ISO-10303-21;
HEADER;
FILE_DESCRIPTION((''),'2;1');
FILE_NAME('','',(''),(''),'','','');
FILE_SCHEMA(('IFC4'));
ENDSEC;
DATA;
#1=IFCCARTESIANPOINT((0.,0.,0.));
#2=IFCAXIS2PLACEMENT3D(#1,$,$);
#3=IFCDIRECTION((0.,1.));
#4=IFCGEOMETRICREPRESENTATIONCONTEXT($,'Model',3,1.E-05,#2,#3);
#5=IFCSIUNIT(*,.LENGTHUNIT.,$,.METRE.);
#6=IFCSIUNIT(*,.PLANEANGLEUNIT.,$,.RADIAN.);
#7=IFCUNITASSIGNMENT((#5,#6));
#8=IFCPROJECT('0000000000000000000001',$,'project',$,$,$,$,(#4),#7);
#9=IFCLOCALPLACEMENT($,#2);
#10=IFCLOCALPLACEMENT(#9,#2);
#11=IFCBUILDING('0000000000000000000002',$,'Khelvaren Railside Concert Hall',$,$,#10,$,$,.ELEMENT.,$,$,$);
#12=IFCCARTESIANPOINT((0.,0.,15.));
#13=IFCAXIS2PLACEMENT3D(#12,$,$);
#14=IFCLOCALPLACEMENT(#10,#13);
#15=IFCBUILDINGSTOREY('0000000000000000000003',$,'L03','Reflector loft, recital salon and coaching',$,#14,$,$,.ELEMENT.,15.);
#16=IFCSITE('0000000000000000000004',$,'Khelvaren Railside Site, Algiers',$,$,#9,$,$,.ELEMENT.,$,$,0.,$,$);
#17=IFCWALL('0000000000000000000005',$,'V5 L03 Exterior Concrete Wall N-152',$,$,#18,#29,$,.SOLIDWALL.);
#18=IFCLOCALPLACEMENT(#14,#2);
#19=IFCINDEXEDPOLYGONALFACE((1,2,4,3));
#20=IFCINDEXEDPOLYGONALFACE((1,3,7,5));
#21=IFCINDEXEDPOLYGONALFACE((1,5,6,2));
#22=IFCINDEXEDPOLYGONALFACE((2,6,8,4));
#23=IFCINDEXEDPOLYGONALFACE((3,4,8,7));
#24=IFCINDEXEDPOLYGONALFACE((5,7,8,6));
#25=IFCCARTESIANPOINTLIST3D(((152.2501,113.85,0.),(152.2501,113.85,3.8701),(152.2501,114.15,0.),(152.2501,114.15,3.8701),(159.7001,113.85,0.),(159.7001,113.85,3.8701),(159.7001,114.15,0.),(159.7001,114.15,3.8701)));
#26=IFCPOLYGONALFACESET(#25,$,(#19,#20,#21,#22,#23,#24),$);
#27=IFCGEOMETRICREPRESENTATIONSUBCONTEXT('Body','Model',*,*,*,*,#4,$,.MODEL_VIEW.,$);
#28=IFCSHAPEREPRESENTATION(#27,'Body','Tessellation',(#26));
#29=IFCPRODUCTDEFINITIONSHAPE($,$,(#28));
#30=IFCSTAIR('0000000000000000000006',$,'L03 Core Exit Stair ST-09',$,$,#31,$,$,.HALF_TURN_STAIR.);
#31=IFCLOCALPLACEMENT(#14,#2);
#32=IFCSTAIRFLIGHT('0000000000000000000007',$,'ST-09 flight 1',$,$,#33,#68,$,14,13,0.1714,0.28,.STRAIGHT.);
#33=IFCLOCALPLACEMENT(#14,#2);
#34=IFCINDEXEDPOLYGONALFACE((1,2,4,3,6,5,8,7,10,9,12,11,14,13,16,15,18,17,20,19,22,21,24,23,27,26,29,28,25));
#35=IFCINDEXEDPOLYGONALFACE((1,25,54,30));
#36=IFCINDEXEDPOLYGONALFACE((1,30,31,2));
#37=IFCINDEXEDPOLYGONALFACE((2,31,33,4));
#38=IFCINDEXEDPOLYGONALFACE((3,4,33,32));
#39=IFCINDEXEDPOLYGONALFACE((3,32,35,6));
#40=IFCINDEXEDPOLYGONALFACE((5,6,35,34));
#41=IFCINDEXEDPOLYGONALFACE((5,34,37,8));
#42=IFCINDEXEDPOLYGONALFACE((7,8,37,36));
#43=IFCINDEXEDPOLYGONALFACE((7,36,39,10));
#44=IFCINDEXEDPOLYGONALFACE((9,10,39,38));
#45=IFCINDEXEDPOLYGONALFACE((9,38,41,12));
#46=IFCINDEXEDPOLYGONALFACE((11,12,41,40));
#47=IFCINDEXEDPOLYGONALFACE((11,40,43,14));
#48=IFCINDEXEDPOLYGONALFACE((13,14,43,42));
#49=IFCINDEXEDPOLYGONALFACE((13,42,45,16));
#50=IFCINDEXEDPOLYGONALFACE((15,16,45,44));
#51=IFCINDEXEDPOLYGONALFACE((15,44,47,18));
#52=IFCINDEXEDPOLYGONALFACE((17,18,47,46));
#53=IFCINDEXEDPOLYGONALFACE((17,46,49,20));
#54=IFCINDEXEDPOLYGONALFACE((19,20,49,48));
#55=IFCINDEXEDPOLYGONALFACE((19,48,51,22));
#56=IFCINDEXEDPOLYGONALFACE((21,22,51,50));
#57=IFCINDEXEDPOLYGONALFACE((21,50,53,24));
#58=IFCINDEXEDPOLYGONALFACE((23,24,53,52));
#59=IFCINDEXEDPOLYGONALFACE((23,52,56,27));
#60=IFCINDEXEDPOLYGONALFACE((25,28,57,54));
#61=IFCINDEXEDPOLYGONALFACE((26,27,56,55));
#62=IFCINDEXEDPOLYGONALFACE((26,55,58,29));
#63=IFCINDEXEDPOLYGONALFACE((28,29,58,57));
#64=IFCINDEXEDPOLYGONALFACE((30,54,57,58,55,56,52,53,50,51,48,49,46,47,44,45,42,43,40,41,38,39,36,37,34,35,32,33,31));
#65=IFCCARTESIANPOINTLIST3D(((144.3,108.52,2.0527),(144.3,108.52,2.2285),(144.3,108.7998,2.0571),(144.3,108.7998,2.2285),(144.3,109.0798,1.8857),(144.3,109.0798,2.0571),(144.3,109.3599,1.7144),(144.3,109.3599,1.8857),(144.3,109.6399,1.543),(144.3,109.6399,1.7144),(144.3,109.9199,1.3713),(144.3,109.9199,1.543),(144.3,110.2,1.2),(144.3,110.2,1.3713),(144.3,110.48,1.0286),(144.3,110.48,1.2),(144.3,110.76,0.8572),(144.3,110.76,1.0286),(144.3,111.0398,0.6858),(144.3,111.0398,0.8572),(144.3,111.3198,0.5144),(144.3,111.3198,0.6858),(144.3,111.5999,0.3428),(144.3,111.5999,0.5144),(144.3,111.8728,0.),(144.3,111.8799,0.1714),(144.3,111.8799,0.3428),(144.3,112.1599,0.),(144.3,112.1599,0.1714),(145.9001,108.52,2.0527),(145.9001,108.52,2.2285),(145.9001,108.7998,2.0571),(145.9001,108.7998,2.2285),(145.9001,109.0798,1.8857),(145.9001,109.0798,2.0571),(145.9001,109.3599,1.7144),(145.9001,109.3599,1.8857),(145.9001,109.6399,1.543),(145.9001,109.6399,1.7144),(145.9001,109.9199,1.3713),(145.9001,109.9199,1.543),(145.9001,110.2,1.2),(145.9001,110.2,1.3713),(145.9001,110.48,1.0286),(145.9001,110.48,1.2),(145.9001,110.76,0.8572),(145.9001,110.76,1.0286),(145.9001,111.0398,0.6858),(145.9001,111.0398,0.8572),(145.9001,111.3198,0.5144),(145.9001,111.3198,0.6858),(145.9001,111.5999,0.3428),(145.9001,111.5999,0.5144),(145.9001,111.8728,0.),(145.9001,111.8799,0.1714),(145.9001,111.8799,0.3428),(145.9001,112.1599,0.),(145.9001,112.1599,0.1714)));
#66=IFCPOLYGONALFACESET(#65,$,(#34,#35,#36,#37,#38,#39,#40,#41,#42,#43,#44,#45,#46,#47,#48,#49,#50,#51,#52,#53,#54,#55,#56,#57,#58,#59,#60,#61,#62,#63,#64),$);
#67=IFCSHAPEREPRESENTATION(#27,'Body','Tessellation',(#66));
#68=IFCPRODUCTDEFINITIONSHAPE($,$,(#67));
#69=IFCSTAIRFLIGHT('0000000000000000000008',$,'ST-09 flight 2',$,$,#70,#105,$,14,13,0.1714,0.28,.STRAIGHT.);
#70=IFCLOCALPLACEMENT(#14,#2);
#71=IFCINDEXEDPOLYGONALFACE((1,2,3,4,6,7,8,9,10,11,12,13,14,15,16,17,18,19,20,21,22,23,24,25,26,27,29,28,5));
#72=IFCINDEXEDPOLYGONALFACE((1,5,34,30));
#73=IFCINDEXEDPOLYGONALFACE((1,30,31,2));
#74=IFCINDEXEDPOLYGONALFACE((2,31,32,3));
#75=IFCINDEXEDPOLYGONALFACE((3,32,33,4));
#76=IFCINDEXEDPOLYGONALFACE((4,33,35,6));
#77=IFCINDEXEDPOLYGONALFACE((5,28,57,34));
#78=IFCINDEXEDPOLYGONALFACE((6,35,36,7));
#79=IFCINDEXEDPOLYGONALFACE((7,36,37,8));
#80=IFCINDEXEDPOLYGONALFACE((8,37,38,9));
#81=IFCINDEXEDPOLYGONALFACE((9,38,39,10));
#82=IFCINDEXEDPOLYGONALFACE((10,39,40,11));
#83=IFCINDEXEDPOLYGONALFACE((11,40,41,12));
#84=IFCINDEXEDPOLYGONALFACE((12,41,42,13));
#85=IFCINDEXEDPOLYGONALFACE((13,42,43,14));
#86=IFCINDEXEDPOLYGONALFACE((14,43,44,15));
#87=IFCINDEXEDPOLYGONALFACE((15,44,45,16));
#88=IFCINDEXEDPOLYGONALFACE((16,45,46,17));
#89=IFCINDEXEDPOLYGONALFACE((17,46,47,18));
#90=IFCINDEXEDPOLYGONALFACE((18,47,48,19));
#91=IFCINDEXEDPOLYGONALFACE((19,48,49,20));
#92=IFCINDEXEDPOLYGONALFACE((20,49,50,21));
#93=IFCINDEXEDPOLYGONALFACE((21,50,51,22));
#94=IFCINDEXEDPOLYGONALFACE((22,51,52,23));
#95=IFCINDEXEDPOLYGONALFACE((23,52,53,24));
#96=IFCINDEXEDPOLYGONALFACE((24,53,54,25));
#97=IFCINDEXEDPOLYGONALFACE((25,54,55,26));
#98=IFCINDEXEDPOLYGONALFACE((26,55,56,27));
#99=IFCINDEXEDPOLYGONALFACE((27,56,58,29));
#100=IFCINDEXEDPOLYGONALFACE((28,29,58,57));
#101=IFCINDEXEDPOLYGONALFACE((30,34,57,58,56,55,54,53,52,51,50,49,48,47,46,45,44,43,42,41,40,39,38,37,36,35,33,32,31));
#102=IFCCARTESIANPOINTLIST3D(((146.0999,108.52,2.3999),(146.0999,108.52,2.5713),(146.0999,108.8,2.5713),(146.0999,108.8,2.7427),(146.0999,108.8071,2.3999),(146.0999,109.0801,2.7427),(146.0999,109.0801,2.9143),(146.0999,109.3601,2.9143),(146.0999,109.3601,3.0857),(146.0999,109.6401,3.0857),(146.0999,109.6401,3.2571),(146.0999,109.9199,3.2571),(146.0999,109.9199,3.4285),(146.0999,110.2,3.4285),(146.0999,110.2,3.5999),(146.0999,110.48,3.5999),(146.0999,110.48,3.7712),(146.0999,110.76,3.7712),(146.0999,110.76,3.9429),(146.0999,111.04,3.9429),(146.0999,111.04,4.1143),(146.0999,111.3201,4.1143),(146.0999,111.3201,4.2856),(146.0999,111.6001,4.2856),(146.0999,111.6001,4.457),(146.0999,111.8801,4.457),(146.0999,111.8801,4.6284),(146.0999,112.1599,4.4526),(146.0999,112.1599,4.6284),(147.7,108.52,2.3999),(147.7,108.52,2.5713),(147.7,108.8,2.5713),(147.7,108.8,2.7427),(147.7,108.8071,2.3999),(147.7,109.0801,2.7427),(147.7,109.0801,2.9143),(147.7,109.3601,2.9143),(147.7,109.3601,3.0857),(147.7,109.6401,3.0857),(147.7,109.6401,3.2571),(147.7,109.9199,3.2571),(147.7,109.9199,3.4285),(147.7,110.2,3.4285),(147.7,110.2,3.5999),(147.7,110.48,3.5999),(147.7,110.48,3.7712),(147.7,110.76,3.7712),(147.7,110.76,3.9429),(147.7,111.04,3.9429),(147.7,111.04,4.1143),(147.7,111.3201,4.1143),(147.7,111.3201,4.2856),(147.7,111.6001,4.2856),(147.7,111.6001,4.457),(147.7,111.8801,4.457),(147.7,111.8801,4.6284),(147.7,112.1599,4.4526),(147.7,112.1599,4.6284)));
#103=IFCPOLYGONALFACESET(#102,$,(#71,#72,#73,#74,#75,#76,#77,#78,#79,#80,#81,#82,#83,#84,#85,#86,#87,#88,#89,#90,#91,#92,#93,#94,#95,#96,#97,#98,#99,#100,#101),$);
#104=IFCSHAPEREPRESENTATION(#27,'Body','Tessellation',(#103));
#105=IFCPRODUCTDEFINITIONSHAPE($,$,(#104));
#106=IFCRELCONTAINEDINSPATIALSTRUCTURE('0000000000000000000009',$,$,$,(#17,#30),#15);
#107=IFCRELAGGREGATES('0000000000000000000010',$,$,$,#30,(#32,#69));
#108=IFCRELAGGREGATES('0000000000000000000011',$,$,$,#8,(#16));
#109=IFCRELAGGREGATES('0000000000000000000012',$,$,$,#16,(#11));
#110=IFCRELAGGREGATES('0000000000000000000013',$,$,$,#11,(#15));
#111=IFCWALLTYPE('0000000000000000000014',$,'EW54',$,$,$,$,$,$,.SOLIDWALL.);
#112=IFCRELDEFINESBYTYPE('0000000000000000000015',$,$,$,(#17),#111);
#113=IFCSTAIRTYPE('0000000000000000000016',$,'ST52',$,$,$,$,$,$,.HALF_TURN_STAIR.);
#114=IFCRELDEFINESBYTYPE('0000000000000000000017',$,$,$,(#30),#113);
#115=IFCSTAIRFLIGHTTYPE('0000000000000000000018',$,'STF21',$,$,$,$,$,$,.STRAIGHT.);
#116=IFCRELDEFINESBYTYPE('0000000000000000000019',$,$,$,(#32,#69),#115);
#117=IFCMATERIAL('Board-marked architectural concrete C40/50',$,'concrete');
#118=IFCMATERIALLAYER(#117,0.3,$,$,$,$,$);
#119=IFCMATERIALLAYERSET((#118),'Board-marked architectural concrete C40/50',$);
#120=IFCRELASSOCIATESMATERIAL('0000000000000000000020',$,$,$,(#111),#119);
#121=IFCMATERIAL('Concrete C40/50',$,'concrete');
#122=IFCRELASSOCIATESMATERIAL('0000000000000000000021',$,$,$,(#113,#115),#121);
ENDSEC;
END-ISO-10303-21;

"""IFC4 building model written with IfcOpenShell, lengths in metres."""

from ifc_helpers import new_model, si_unit, direction, frame, frame_2d, origin, place, context, subcontext, project, spatial, polyline, rectangle, outline, extrude, material, layer, layer_set, type_object, element, aggregate, save


model = new_model("IFC4")

# Units and contexts
model_context = context("Model", 3, precision=1e-05, world=origin(), true_north=direction((0.0, 1.0)))
body_context = subcontext(model_context, "Body", "Model", "MODEL_VIEW")
ifc_project = project(units=[si_unit("LENGTHUNIT", "METRE"), si_unit("PLANEANGLEUNIT", "RADIAN")], contexts=[model_context])

# Site, building, storey
site_placement = place(None, origin())
site = spatial("IfcSite", under=ifc_project, at=site_placement, Name="Khelvaren Railside Site, Algiers", CompositionType="ELEMENT", RefElevation=0.0)
building_placement = place(site_placement, origin())
building = spatial("IfcBuilding", under=site, at=building_placement, Name="Khelvaren Railside Concert Hall", CompositionType="ELEMENT")
storey_placement = place(building_placement, frame((0.0, 0.0, 15.0)))
storey = spatial("IfcBuildingStorey", under=building, at=storey_placement, Name="L03", Description="Reflector loft, recital salon and coaching", CompositionType="ELEMENT", Elevation=15.0)

# Shared definitions
ifc_material_1 = material(Name="Concrete C40/50", Category="concrete")

# Wall
ifc_material_2 = material(Name="Board-marked architectural concrete C40/50", Category="concrete")
ifc_layer_1 = layer(ifc_material_2, 0.3)
ifc_layer_set_1 = layer_set([ifc_layer_1], Name="Board-marked architectural concrete C40/50")
wall_type_1 = type_object("IfcWallType", Name="EW54", PredefinedType="SOLIDWALL", material=ifc_layer_set_1)
wall_1_placement = place(storey_placement, frame((152.25, 114.0, 0.0), z_axis=(0.0, 0.0, 1.0), x_axis=(1.0, 0.0, 0.0)))
element("IfcWall", 1, at=wall_1_placement, inside=storey, type_object=wall_type_1, Name="V5 L03 Exterior Concrete Wall N-152", PredefinedType="SOLIDWALL", context=body_context, shape_type="SweptSolid", body=[
    extrude(rectangle(XDim=7.45, YDim=0.3, at=frame_2d((3.7251, 0.0))), origin(), (0.0, 0.0, 1.0), 3.8701),
])

# Stair, stair flights
stair_type = type_object("IfcStairType", Name="ST52", PredefinedType="HALF_TURN_STAIR", material=ifc_material_1)
stair_placement = place(storey_placement, origin())
stair = element("IfcStair", 2, at=stair_placement, inside=storey, type_object=stair_type, Name="L03 Core Exit Stair ST-09", PredefinedType="HALF_TURN_STAIR")
stair_flight_type = type_object("IfcStairFlightType", Name="STF21", PredefinedType="STRAIGHT", material=ifc_material_1)
stair_flight_1_placement = place(storey_placement, frame((145.1001, 112.1599, 0.0), z_axis=(0.0, 0.0, 1.0), x_axis=(0.0, -1.0, 0.0)))
stair_flight_1 = element("IfcStairFlight", 3, at=stair_flight_1_placement, type_object=stair_flight_type, Name="ST-09 flight 1", NumberOfRisers=14, NumberOfTreads=13, PredefinedType="STRAIGHT", RiserHeight=0.1714, TreadLength=0.28, context=body_context, shape_type="SweptSolid", body=[
    extrude(outline(polyline([(0.0, 0.0), (0.0, 0.1714), (0.28, 0.1714), (0.28, 0.3428), (0.5601, 0.3428), (0.5601, 0.5144), (0.8401, 0.5144), (0.8401, 0.6858), (1.1201, 0.6858), (1.1201, 0.8572), (1.3999, 0.8572), (1.3999, 1.0286), (1.6799, 1.0286), (1.6799, 1.2), (1.96, 1.2), (1.96, 1.3713), (2.24, 1.3713), (2.24, 1.543), (2.52, 1.543), (2.52, 1.7144), (2.8, 1.7144), (2.8, 1.8857), (3.0801, 1.8857), (3.0801, 2.0571), (3.3601, 2.0571), (3.3601, 2.2285), (3.6399, 2.2285), (3.6399, 2.3999), (3.6399, 2.0527), (0.2871, 0.0), (0.0, 0.0)])), frame((0.0, 0.8, 0.0), z_axis=(0.0, -1.0, 0.0), x_axis=(1.0, 0.0, 0.0)), (0.0, 0.0, 1.0), 1.6001),
])
stair_flight_2_placement = place(storey_placement, frame((146.8999, 108.52, 2.3999), z_axis=(0.0, 0.0, 1.0), x_axis=(0.0, 1.0, 0.0)))
stair_flight_2 = element("IfcStairFlight", 4, at=stair_flight_2_placement, type_object=stair_flight_type, Name="ST-09 flight 2", NumberOfRisers=14, NumberOfTreads=13, PredefinedType="STRAIGHT", RiserHeight=0.1714, TreadLength=0.28, context=body_context, shape_type="SweptSolid", body=[
    extrude(outline(polyline([(0.0, 0.0), (0.0, 0.1714), (0.28, 0.1714), (0.28, 0.3428), (0.5601, 0.3428), (0.5601, 0.5144), (0.8401, 0.5144), (0.8401, 0.6858), (1.1201, 0.6858), (1.1201, 0.8572), (1.3999, 0.8572), (1.3999, 1.0286), (1.6799, 1.0286), (1.6799, 1.2), (1.96, 1.2), (1.96, 1.3713), (2.24, 1.3713), (2.24, 1.543), (2.52, 1.543), (2.52, 1.7144), (2.8, 1.7144), (2.8, 1.8857), (3.0801, 1.8857), (3.0801, 2.0571), (3.3601, 2.0571), (3.3601, 2.2285), (3.6399, 2.2285), (3.6399, 2.3999), (3.6399, 2.0527), (0.2871, 0.0), (0.0, 0.0)])), frame((0.0, 0.8, 0.0), z_axis=(0.0, -1.0, 0.0), x_axis=(1.0, 0.0, 0.0)), (0.0, 0.0, 1.0), 1.6001),
])
aggregate(stair, [stair_flight_1, stair_flight_2])

save(model, "model.ifc")
